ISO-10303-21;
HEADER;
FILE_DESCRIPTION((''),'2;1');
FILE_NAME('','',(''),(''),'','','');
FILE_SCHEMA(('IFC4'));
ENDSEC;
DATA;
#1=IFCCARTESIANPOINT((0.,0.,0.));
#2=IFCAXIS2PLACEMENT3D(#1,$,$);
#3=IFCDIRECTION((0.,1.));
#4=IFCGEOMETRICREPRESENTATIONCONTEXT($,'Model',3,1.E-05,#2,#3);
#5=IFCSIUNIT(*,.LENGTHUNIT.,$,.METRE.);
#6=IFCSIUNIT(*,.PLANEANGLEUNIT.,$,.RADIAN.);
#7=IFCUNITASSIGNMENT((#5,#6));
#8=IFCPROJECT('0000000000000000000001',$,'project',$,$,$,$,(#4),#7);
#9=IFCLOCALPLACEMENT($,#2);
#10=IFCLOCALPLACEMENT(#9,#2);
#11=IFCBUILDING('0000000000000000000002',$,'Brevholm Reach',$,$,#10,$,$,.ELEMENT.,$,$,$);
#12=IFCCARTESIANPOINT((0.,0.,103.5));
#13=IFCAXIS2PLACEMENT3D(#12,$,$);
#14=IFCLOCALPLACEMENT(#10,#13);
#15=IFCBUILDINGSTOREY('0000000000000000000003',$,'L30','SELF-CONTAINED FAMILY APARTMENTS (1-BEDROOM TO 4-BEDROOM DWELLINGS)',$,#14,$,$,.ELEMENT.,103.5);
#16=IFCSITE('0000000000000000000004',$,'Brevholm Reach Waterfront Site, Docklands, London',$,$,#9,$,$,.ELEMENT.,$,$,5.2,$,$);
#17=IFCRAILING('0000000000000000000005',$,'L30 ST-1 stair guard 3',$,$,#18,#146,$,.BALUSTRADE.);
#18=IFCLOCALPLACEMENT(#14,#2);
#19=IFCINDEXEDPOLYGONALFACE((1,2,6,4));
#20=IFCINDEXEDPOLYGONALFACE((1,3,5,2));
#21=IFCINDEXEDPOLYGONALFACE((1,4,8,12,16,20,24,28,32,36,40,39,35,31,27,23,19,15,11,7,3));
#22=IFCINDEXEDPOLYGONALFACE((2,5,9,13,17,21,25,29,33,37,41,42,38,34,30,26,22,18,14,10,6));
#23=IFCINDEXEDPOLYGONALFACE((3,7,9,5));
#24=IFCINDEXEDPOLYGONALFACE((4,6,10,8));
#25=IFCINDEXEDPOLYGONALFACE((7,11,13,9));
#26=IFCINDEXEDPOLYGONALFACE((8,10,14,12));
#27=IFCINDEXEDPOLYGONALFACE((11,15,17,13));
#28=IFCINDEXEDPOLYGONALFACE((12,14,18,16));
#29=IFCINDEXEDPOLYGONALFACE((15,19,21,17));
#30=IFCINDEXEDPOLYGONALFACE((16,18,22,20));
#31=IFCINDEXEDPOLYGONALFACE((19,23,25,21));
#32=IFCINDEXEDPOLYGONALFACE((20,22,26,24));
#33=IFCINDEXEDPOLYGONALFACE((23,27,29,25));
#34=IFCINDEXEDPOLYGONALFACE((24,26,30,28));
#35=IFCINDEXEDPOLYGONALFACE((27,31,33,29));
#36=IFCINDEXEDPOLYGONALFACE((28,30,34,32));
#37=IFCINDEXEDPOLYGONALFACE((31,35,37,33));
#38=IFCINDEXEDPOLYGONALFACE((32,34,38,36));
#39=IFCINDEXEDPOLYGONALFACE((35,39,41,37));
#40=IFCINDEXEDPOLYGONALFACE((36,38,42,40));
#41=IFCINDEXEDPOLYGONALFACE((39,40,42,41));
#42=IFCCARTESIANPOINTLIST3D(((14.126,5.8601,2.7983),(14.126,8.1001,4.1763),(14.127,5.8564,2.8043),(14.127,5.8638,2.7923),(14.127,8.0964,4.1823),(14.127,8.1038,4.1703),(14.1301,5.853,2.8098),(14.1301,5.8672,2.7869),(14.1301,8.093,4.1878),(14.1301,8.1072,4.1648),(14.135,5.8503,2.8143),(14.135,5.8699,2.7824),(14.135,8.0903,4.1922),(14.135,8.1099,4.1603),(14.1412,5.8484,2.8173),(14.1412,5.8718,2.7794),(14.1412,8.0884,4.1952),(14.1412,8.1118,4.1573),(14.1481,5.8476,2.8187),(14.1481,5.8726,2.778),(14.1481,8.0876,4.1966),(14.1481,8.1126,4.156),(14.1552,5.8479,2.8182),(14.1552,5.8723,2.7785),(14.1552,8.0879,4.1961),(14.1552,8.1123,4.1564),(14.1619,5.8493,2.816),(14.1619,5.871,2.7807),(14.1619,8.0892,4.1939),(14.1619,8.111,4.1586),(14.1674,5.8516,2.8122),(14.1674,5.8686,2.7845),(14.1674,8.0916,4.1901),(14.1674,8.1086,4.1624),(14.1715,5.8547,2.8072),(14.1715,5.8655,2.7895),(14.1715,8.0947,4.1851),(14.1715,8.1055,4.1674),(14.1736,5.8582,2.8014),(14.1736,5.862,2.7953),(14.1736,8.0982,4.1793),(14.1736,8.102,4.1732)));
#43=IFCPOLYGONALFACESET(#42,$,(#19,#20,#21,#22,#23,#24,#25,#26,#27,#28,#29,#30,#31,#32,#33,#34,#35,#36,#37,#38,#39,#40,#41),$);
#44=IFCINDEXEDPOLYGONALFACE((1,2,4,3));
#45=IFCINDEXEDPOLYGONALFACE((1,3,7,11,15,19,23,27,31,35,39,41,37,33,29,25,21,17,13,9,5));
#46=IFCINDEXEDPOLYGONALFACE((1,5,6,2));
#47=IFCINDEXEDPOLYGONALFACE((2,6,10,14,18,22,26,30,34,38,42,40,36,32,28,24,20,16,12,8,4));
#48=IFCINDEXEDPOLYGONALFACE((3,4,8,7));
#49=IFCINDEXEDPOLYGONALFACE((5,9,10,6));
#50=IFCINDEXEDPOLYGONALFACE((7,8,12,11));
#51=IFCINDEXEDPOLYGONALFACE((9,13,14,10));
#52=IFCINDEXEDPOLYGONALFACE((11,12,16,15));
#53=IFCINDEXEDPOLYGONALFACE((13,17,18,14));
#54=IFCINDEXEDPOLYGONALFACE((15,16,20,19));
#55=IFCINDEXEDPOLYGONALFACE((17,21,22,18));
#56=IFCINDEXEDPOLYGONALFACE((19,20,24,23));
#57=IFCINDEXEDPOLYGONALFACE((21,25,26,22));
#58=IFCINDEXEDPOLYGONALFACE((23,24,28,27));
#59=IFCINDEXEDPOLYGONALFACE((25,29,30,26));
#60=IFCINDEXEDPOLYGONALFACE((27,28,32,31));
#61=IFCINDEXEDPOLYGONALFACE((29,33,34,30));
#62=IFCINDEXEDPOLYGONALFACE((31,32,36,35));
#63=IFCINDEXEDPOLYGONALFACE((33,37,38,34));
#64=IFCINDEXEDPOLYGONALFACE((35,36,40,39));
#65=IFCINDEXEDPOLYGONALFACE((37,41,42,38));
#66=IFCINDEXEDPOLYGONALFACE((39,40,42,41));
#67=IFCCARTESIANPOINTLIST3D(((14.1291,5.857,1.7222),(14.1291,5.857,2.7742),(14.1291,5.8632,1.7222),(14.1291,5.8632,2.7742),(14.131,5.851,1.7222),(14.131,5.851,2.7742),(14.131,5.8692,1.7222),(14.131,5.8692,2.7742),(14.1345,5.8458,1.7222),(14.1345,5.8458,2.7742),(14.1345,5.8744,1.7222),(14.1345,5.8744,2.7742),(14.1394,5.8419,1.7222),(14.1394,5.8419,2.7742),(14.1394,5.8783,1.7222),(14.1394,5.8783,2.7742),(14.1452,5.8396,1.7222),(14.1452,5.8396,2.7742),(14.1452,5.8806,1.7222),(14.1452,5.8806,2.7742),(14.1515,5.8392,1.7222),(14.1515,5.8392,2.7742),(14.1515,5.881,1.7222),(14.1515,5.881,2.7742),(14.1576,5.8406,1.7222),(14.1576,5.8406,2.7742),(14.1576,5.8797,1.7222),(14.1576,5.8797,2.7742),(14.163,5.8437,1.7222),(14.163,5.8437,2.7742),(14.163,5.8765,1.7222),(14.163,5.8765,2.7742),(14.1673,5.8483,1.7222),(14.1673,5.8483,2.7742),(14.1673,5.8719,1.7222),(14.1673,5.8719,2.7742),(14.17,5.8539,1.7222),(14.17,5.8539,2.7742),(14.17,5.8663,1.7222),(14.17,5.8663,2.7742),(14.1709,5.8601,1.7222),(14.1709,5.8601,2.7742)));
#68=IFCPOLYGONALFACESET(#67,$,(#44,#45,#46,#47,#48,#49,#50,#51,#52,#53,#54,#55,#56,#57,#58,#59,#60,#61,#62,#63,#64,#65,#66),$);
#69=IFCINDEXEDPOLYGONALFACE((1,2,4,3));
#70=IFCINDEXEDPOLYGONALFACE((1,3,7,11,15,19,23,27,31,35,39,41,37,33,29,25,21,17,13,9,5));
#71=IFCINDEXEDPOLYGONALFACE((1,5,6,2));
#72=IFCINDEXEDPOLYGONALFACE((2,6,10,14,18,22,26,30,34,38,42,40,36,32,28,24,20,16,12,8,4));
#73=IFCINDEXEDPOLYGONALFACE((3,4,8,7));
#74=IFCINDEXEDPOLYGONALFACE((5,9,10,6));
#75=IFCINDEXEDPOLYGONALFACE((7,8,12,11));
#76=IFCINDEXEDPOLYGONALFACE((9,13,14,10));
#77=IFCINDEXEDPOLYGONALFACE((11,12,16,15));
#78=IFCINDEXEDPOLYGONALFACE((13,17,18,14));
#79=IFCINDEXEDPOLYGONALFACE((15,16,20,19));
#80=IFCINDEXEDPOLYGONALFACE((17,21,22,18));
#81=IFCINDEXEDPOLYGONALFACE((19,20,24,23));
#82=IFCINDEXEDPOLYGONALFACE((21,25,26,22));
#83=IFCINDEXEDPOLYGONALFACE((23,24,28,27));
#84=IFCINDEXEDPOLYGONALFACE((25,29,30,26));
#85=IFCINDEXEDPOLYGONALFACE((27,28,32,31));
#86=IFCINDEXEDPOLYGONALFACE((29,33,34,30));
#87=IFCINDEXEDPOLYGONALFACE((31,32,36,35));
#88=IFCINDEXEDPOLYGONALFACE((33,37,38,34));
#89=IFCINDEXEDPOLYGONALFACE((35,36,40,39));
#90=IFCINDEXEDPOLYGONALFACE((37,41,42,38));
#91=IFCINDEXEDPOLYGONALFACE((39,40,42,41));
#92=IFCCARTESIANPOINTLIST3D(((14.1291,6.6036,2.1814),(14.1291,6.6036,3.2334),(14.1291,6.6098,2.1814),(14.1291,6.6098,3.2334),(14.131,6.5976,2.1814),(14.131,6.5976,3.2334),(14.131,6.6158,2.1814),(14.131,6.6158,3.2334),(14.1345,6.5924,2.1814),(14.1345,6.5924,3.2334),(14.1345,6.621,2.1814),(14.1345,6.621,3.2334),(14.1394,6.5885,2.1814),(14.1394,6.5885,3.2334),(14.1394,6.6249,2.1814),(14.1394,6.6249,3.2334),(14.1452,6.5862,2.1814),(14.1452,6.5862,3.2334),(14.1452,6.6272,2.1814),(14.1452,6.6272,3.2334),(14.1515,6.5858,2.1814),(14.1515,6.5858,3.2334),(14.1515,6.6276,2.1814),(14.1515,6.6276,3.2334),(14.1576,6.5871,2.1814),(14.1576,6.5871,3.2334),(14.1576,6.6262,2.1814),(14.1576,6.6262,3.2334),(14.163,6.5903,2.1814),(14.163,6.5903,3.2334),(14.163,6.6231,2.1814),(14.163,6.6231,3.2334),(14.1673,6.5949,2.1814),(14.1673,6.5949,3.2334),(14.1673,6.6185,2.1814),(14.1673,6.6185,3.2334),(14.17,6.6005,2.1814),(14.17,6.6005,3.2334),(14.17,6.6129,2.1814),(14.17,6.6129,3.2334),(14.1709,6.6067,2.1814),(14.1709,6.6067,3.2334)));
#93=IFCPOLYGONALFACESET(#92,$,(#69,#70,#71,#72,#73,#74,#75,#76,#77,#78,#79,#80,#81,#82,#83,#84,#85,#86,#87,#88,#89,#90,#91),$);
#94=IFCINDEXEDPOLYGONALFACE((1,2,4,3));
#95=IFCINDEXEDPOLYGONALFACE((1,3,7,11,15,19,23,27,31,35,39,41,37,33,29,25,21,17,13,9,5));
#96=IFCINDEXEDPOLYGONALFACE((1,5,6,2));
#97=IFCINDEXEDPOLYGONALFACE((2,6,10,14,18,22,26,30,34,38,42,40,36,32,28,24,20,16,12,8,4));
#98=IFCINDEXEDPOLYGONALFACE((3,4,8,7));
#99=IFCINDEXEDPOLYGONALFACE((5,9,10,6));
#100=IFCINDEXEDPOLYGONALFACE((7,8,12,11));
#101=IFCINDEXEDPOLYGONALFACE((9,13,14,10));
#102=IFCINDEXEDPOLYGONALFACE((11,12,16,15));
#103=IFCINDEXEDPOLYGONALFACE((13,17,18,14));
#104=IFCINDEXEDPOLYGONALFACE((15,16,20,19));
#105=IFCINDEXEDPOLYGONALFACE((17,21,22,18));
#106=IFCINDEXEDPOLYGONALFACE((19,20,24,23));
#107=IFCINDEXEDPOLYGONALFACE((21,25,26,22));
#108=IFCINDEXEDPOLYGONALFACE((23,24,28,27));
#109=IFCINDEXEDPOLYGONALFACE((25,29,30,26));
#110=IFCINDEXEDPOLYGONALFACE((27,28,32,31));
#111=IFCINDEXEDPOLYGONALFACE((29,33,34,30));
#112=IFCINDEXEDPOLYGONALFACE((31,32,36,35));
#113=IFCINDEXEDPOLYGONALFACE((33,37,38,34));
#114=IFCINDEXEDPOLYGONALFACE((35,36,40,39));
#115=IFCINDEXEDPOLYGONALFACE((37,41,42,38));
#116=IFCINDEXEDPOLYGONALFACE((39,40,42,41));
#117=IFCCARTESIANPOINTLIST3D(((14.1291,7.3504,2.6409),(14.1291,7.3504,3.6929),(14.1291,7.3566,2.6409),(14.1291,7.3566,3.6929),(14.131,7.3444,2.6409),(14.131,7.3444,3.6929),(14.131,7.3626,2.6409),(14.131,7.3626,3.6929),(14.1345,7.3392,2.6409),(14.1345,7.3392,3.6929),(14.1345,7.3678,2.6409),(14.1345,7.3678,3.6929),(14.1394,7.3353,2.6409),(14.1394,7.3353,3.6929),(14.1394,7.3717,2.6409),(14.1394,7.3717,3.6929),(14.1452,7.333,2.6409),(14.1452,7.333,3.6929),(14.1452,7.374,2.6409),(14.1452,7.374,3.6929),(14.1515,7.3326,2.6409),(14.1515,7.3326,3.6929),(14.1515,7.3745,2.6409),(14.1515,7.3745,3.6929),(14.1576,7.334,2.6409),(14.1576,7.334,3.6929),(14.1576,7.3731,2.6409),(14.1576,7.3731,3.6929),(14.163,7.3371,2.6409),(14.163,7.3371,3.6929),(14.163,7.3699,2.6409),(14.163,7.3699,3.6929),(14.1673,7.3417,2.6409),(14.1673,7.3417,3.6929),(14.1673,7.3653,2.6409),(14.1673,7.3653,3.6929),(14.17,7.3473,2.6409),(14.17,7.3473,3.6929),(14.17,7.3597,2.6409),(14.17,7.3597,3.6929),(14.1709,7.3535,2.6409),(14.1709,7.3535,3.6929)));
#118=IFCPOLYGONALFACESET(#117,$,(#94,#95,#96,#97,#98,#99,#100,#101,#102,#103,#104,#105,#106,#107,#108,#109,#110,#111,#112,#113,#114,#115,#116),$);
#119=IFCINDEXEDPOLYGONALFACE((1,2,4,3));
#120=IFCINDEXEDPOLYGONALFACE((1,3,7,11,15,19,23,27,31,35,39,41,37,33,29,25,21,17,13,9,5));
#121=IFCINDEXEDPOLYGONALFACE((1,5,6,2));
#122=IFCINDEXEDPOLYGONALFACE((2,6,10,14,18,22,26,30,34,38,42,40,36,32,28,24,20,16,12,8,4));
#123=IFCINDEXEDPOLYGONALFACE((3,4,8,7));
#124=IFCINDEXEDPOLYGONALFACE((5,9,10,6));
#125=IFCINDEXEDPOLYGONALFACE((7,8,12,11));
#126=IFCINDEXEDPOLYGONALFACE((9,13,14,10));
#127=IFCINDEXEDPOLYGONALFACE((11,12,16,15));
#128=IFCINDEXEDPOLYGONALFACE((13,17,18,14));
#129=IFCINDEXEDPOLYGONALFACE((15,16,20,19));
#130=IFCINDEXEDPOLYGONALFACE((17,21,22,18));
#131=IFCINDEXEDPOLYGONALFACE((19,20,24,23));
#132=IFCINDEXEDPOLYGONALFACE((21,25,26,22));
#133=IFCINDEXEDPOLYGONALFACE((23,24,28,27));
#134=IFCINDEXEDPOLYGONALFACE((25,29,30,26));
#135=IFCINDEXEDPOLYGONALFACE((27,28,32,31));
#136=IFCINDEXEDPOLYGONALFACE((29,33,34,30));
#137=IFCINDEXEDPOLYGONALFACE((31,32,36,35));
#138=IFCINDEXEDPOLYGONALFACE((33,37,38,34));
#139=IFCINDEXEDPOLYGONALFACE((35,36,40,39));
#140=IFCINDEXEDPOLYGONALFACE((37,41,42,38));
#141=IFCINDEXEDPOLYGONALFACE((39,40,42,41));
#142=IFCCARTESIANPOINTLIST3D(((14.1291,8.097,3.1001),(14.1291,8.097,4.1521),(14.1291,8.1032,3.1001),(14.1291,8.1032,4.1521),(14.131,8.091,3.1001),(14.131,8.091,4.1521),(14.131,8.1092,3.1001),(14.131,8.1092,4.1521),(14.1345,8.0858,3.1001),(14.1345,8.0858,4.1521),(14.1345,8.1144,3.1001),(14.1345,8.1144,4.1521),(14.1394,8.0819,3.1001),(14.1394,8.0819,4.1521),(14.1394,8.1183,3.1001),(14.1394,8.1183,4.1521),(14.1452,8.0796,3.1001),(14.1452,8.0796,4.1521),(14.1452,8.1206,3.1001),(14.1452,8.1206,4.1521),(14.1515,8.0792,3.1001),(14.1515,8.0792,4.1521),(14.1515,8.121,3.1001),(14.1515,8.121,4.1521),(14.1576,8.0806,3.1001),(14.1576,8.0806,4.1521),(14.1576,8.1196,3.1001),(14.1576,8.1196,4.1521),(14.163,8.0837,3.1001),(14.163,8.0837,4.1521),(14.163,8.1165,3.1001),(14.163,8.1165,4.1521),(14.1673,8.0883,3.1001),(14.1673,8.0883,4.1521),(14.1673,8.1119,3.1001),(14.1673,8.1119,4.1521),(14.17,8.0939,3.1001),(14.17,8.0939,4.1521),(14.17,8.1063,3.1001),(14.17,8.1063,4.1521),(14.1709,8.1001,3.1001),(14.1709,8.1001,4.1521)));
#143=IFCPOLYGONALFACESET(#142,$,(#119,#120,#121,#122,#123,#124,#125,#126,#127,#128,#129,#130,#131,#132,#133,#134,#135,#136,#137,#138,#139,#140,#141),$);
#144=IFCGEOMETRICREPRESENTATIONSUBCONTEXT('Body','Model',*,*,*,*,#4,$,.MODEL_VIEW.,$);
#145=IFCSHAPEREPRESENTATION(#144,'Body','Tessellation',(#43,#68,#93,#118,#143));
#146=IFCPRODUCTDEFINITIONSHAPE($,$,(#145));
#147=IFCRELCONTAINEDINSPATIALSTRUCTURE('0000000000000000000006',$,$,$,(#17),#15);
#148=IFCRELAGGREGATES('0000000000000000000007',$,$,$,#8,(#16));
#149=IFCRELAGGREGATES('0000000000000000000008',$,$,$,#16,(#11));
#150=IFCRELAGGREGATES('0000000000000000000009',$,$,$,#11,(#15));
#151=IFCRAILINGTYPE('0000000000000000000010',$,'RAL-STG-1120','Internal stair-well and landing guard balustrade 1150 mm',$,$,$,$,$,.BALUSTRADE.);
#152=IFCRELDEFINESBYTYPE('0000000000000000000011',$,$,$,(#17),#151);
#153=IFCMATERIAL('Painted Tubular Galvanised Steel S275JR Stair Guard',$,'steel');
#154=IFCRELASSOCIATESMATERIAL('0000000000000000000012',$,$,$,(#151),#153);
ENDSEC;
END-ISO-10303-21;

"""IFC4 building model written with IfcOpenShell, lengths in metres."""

from ifc_helpers import new_model, si_unit, direction, frame, origin, origin_2d, place, context, subcontext, project, spatial, circle, extrude, material, type_object, element, save


model = new_model("IFC4")

# Units and contexts
model_context = context("Model", 3, precision=1e-05, world=origin(), true_north=direction((0.0, 1.0)))
body_context = subcontext(model_context, "Body", "Model", "MODEL_VIEW")
ifc_project = project(units=[si_unit("LENGTHUNIT", "METRE"), si_unit("PLANEANGLEUNIT", "RADIAN")], contexts=[model_context])

# Site, building, storey
site_placement = place(None, origin())
site = spatial("IfcSite", under=ifc_project, at=site_placement, Name="Brevholm Reach Waterfront Site, Docklands, London", CompositionType="ELEMENT", RefElevation=5.2)
building_placement = place(site_placement, origin())
building = spatial("IfcBuilding", under=site, at=building_placement, Name="Brevholm Reach", CompositionType="ELEMENT")
storey_placement = place(building_placement, frame((0.0, 0.0, 103.5)))
storey = spatial("IfcBuildingStorey", under=building, at=storey_placement, Name="L30", Description="SELF-CONTAINED FAMILY APARTMENTS (1-BEDROOM TO 4-BEDROOM DWELLINGS)", CompositionType="ELEMENT", Elevation=103.5)

# Railing
ifc_material_1 = material(Name="Painted Tubular Galvanised Steel S275JR Stair Guard", Category="steel")
railing_type_1 = type_object("IfcRailingType", Name="RAL-STG-1120", Description="Internal stair-well and landing guard balustrade 1150 mm", PredefinedType="BALUSTRADE", material=ifc_material_1)
railing_1_placement = place(storey_placement, frame((14.1499, 5.8601, 1.7222)))
element("IfcRailing", 1, at=railing_1_placement, inside=storey, type_object=railing_type_1, Name="L30 ST-1 stair guard 3", PredefinedType="BALUSTRADE", context=body_context, shape_type="SweptSolid", body=[
    extrude(circle(Radius=0.0239, at=origin_2d()), frame((0.0, 0.0, 1.0762), z_axis=(0.0, 0.851748, 0.523952), x_axis=(-1.0, 0.0, 0.0)), (0.0, 0.0, 1.0), 2.6299),
    extrude(circle(Radius=0.021, at=origin_2d()), origin(), (0.0, 0.0, 1.0), 1.052),
    extrude(circle(Radius=0.021, at=origin_2d()), frame((0.0, 0.7466, 0.4592)), (0.0, 0.0, 1.0), 1.052),
    extrude(circle(Radius=0.021, at=origin_2d()), frame((0.0, 1.4934, 0.9187)), (0.0, 0.0, 1.0), 1.052),
    extrude(circle(Radius=0.021, at=origin_2d()), frame((0.0, 2.24, 1.3779)), (0.0, 0.0, 1.0), 1.052),
])

save(model, "model.ifc")
